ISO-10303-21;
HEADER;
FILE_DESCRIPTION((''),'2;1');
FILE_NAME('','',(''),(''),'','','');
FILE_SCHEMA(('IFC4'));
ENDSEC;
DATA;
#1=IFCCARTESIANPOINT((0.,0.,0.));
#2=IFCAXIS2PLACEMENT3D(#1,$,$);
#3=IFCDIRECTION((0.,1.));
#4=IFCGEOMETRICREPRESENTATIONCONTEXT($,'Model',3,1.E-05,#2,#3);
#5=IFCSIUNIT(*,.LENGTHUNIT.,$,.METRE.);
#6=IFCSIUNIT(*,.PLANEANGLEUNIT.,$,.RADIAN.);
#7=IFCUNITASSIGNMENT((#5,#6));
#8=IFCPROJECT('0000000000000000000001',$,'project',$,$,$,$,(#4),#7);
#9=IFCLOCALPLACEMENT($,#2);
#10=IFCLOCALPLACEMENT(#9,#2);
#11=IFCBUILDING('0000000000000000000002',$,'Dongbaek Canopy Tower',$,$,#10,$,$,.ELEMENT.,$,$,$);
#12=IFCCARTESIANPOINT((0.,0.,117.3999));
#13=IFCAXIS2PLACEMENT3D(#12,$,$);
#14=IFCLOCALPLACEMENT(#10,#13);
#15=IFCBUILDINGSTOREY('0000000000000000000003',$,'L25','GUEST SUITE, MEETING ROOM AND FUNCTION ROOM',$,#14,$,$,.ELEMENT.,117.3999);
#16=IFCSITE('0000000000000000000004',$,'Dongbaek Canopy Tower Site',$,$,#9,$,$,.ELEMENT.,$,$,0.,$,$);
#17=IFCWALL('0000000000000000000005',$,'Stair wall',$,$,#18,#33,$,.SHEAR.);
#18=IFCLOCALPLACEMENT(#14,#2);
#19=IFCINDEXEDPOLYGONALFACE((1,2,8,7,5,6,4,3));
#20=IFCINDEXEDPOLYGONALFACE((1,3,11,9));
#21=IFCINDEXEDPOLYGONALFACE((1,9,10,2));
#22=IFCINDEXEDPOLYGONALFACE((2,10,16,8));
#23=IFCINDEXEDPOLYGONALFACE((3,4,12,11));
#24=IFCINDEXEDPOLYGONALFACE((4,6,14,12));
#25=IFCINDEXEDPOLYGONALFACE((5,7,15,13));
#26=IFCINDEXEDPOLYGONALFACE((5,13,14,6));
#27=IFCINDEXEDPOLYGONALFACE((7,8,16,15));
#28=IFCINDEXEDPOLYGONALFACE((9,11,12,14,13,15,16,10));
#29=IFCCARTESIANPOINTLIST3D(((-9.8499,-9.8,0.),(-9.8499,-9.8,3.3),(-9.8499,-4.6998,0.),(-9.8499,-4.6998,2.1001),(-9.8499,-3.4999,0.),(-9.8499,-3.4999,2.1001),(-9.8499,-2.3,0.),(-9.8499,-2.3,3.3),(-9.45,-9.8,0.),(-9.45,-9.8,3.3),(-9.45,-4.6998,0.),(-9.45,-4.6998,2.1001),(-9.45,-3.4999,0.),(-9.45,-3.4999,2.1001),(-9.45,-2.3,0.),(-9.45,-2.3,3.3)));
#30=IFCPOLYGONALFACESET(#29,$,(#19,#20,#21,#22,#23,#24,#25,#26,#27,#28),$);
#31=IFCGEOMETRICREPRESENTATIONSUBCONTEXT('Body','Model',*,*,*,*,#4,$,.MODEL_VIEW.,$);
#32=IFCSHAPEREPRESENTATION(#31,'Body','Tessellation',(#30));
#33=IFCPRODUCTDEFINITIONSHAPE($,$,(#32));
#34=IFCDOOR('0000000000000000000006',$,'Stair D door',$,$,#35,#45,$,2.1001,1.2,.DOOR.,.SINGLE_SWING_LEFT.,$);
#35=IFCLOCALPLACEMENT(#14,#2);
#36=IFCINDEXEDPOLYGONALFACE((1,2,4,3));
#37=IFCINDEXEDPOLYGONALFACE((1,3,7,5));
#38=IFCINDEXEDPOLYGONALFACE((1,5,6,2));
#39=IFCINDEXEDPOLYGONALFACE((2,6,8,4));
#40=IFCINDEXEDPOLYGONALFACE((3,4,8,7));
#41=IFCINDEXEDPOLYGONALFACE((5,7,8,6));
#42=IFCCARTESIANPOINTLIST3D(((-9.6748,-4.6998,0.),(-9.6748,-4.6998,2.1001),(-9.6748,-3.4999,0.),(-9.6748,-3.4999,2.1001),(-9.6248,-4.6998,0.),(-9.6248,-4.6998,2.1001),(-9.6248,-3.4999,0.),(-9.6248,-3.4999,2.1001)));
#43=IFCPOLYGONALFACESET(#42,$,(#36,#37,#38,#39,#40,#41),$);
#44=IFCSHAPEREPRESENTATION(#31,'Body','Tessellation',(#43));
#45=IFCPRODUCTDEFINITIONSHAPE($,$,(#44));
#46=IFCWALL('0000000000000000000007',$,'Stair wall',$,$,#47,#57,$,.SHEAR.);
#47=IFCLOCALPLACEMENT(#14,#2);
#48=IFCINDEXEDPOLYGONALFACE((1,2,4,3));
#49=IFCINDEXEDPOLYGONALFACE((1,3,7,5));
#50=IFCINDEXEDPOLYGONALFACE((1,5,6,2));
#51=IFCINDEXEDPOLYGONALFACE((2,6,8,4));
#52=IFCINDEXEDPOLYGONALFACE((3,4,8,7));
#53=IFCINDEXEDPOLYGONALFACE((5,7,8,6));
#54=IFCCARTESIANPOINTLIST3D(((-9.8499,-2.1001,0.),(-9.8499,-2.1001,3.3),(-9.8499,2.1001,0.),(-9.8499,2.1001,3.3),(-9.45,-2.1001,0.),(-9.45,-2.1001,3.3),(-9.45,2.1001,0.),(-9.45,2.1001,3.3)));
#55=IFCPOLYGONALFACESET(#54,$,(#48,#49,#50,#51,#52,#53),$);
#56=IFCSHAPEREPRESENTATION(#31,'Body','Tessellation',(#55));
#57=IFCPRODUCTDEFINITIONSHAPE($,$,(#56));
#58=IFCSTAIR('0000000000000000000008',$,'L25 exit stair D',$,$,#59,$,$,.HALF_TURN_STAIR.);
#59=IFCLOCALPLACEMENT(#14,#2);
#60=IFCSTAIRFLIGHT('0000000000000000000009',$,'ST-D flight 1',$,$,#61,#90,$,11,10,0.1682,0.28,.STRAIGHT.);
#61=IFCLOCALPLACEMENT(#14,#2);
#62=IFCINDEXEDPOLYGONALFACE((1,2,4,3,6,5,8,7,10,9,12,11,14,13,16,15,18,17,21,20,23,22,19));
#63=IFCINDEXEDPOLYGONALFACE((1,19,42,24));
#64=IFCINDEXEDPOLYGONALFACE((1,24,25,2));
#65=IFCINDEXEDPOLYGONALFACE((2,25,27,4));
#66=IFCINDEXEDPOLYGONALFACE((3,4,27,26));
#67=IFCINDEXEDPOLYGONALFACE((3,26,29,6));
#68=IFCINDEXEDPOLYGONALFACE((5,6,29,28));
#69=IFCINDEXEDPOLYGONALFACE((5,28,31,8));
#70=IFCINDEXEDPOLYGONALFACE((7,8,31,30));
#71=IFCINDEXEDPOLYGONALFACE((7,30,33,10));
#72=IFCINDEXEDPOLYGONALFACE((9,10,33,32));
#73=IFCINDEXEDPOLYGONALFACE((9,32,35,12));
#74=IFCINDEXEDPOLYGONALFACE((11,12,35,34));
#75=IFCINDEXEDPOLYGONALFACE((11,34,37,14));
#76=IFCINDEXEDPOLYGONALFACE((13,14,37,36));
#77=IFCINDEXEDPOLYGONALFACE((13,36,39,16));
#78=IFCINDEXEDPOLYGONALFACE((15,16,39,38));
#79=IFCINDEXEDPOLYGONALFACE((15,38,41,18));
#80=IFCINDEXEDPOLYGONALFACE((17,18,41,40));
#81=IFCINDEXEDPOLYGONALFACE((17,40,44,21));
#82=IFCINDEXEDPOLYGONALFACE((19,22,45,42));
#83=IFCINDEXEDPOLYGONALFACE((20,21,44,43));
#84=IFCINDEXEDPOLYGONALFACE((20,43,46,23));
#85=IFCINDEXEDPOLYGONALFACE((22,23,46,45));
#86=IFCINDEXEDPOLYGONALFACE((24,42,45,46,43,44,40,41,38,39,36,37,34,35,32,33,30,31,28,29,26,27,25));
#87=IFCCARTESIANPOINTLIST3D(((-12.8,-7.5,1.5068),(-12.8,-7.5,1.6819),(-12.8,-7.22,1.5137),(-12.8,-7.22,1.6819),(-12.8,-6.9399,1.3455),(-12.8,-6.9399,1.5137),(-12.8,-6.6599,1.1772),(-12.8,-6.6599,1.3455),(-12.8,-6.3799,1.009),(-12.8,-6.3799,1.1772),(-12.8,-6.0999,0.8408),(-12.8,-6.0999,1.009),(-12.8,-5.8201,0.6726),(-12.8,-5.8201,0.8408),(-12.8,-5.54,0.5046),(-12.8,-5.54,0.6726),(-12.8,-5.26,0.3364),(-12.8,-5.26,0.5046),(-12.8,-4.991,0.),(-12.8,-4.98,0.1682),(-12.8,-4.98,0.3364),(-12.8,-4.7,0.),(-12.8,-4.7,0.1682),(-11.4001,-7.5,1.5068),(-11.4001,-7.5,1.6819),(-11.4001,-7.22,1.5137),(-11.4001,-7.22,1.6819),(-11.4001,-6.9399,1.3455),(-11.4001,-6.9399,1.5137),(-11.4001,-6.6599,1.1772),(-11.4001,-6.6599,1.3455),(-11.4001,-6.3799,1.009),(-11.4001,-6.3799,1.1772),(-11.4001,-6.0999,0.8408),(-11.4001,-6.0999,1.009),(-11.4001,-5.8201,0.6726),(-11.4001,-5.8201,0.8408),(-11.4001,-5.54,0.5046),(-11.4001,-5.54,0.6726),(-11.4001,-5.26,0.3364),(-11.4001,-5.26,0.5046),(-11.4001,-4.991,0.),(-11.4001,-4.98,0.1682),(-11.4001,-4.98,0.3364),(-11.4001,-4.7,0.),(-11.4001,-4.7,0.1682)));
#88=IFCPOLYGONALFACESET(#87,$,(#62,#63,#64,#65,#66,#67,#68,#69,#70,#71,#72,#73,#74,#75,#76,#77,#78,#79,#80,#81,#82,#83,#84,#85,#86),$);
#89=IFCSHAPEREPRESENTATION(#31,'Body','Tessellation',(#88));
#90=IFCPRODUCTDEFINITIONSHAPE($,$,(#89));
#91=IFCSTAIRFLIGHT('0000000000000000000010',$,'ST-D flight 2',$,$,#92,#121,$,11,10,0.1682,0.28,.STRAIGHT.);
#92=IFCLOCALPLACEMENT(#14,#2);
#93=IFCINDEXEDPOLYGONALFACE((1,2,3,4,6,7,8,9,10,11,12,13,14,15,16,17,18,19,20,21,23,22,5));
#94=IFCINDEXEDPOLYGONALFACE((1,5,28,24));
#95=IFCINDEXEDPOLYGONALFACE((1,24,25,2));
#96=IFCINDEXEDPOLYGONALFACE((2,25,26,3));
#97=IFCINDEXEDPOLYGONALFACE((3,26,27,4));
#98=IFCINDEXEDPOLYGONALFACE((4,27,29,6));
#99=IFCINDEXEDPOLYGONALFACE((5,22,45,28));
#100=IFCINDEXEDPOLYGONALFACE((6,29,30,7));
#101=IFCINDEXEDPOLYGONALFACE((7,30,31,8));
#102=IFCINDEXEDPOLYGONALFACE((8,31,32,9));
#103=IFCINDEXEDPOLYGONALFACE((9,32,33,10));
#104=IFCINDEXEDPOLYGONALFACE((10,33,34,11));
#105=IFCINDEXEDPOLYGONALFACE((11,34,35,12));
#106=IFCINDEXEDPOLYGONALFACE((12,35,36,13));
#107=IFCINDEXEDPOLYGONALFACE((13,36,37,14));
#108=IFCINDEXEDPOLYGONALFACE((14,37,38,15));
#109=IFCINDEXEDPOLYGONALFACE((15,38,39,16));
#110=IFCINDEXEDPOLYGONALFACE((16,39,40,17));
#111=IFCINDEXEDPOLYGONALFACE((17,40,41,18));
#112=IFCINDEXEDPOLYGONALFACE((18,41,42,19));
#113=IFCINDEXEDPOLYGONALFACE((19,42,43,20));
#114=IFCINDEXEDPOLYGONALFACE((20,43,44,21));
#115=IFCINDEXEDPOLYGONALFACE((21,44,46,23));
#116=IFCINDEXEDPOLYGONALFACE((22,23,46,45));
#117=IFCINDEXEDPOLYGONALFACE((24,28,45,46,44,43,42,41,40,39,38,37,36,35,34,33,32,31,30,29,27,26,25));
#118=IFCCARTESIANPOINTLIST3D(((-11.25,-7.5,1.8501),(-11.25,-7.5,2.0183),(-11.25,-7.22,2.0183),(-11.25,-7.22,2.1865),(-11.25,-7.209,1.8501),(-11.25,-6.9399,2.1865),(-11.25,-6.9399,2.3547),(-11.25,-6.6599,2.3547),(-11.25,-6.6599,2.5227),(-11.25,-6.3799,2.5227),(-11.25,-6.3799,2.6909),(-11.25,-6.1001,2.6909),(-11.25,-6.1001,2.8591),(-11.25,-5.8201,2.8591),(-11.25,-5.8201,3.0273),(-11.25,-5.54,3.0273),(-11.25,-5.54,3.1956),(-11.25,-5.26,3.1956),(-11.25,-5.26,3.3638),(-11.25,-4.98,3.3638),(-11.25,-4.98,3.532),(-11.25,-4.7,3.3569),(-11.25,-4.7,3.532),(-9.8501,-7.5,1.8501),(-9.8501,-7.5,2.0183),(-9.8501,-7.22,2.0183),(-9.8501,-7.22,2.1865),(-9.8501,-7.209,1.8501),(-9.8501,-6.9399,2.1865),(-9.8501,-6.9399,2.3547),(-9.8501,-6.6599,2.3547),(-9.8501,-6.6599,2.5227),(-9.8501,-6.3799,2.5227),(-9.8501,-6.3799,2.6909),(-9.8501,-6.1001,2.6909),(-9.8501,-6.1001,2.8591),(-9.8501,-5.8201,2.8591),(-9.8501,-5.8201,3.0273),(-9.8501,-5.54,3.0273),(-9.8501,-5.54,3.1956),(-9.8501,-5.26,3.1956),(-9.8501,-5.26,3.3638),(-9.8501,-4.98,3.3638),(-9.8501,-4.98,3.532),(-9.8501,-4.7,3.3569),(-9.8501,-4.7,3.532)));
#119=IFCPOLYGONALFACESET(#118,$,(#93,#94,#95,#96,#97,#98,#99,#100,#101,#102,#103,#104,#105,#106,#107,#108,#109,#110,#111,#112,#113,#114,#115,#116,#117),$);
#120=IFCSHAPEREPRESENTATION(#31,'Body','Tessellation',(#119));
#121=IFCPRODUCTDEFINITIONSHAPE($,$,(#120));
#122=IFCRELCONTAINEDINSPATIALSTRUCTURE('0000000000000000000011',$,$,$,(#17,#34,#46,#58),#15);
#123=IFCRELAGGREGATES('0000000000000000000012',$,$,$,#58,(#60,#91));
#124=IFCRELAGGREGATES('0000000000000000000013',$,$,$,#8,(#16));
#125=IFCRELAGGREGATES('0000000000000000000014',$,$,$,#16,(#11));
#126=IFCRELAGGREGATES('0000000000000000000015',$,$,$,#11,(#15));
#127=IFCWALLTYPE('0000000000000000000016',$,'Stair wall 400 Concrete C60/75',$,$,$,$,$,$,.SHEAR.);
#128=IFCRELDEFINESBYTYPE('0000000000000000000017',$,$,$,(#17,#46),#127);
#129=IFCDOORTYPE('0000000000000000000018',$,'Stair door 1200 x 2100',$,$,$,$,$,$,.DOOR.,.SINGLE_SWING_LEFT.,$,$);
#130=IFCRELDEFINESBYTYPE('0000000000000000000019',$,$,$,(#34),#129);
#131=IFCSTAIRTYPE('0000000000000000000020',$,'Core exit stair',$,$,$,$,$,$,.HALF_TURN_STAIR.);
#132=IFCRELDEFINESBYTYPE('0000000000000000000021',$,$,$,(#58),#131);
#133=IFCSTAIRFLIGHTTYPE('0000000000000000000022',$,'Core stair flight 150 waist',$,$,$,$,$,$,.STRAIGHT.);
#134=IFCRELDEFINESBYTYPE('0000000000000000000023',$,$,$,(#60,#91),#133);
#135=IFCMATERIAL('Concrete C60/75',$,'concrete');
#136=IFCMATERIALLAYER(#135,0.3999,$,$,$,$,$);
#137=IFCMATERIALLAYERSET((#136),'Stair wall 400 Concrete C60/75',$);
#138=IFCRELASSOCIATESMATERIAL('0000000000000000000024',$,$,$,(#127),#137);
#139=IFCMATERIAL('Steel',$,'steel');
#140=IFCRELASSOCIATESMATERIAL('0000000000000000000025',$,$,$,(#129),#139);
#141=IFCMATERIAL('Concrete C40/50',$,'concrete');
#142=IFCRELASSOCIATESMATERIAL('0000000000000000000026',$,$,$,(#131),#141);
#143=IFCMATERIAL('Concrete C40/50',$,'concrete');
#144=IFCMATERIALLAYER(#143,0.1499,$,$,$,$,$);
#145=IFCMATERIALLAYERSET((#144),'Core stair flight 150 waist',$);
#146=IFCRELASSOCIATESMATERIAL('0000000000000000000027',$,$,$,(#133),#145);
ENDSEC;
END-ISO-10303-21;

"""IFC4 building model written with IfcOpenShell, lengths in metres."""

from ifc_helpers import new_model, si_unit, direction, frame, frame_2d, origin, place, context, subcontext, project, spatial, polyline, rectangle, outline, extrude, material, layer, layer_set, type_object, element, fill, aggregate, save


model = new_model("IFC4")

# Units and contexts
model_context = context("Model", 3, precision=1e-05, world=origin(), true_north=direction((0.0, 1.0)))
body_context = subcontext(model_context, "Body", "Model", "MODEL_VIEW")
ifc_project = project(units=[si_unit("LENGTHUNIT", "METRE"), si_unit("PLANEANGLEUNIT", "RADIAN")], contexts=[model_context])

# Site, building, storey
site_placement = place(None, origin())
site = spatial("IfcSite", under=ifc_project, at=site_placement, Name="Dongbaek Canopy Tower Site", CompositionType="ELEMENT", RefElevation=0.0)
building_placement = place(site_placement, origin())
building = spatial("IfcBuilding", under=site, at=building_placement, Name="Dongbaek Canopy Tower", CompositionType="ELEMENT")
storey_placement = place(building_placement, frame((0.0, 0.0, 117.3999)))
storey = spatial("IfcBuildingStorey", under=building, at=storey_placement, Name="L25", Description="GUEST SUITE, MEETING ROOM AND FUNCTION ROOM", CompositionType="ELEMENT", Elevation=117.3999)

# Wall, opening, door
ifc_material_1 = material(Name="Concrete C60/75", Category="concrete")
ifc_layer_1 = layer(ifc_material_1, 0.3999)
ifc_layer_set_1 = layer_set([ifc_layer_1], Name="Stair wall 400 Concrete C60/75")
wall_type_1 = type_object("IfcWallType", Name="Stair wall 400 Concrete C60/75", PredefinedType="SHEAR", material=ifc_layer_set_1)
wall_1_placement = place(storey_placement, frame((-9.6499, -9.8, 0.0), z_axis=(0.0, 0.0, 1.0), x_axis=(0.0, 1.0, 0.0)))
wall_1 = element("IfcWall", 1, at=wall_1_placement, inside=storey, type_object=wall_type_1, Name="Stair wall", PredefinedType="SHEAR", context=body_context, shape_type="SweptSolid", body=[
    extrude(rectangle(XDim=7.5, YDim=0.3999, at=frame_2d((3.75, 0.0))), origin(), (0.0, 0.0, 1.0), 3.3),
])
opening_1_placement = place(wall_1_placement, frame((5.1001, 0.0, 0.0)))
opening_1 = element("IfcOpeningElement", 2, at=opening_1_placement, cuts=wall_1, PredefinedType="OPENING", context=body_context, shape_type="SweptSolid", body=[
    extrude(rectangle(XDim=1.2, YDim=2.1001, at=frame_2d((0.6001, 1.05))), frame((0.0, 0.21, 0.0), z_axis=(0.0, -1.0, 0.0), x_axis=(1.0, 0.0, 0.0)), (0.0, 0.0, 1.0), 0.4199),
])
ifc_material_2 = material(Name="Steel", Category="steel")
door_type_1 = type_object("IfcDoorType", Name="Stair door 1200 x 2100", OperationType="SINGLE_SWING_LEFT", PredefinedType="DOOR", material=ifc_material_2)
door_1_placement = place(opening_1_placement, origin())
door_1 = element("IfcDoor", 3, at=door_1_placement, inside=storey, type_object=door_type_1, Name="Stair D door", OperationType="SINGLE_SWING_LEFT", OverallHeight=2.1001, OverallWidth=1.2, PredefinedType="DOOR", context=body_context, shape_type="SweptSolid", body=[
    extrude(rectangle(XDim=1.2, YDim=2.1001, at=frame_2d((0.6001, 1.05))), frame((0.0, 0.0249, 0.0), z_axis=(0.0, -1.0, 0.0), x_axis=(1.0, 0.0, 0.0)), (0.0, 0.0, 1.0), 0.05),
])
fill(opening_1, door_1)

# Wall
wall_2_placement = place(storey_placement, frame((-9.6499, -2.1001, 0.0), z_axis=(0.0, 0.0, 1.0), x_axis=(0.0, 1.0, 0.0)))
element("IfcWall", 4, at=wall_2_placement, inside=storey, type_object=wall_type_1, Name="Stair wall", PredefinedType="SHEAR", context=body_context, shape_type="SweptSolid", body=[
    extrude(rectangle(XDim=4.2002, YDim=0.3999, at=frame_2d((2.1001, 0.0))), origin(), (0.0, 0.0, 1.0), 3.3),
])

# Stair, stair flights
ifc_material_3 = material(Name="Concrete C40/50", Category="concrete")
stair_type = type_object("IfcStairType", Name="Core exit stair", PredefinedType="HALF_TURN_STAIR", material=ifc_material_3)
stair_placement = place(storey_placement, origin())
stair = element("IfcStair", 5, at=stair_placement, inside=storey, type_object=stair_type, Name="L25 exit stair D", PredefinedType="HALF_TURN_STAIR")
ifc_material_4 = material(Name="Concrete C40/50", Category="concrete")
ifc_layer_2 = layer(ifc_material_4, 0.1499)
ifc_layer_set_2 = layer_set([ifc_layer_2], Name="Core stair flight 150 waist")
stair_flight_type = type_object("IfcStairFlightType", Name="Core stair flight 150 waist", PredefinedType="STRAIGHT", material=ifc_layer_set_2)
stair_flight_1_placement = place(storey_placement, frame((-12.1001, -4.7, 0.0), z_axis=(0.0, 0.0, 1.0), x_axis=(0.0, -1.0, 0.0)))
stair_flight_1 = element("IfcStairFlight", 6, at=stair_flight_1_placement, type_object=stair_flight_type, Name="ST-D flight 1", NumberOfRisers=11, NumberOfTreads=10, PredefinedType="STRAIGHT", RiserHeight=0.1682, TreadLength=0.28, context=body_context, shape_type="SweptSolid", body=[
    extrude(outline(polyline([(0.0, 0.0), (0.0, 0.1682), (0.28, 0.1682), (0.28, 0.3364), (0.5601, 0.3364), (0.5601, 0.5046), (0.8401, 0.5046), (0.8401, 0.6726), (1.1201, 0.6726), (1.1201, 0.8408), (1.3999, 0.8408), (1.3999, 1.009), (1.6799, 1.009), (1.6799, 1.1772), (1.96, 1.1772), (1.96, 1.3455), (2.24, 1.3455), (2.24, 1.5137), (2.52, 1.5137), (2.52, 1.6819), (2.8, 1.6819), (2.8, 1.8501), (2.8, 1.5068), (0.291, 0.0), (0.0, 0.0)])), frame((0.0, 0.7, 0.0), z_axis=(0.0, -1.0, 0.0), x_axis=(1.0, 0.0, 0.0)), (0.0, 0.0, 1.0), 1.3999),
])
stair_flight_2_placement = place(storey_placement, frame((-10.55, -7.5, 1.8501), z_axis=(0.0, 0.0, 1.0), x_axis=(0.0, 1.0, 0.0)))
stair_flight_2 = element("IfcStairFlight", 7, at=stair_flight_2_placement, type_object=stair_flight_type, Name="ST-D flight 2", NumberOfRisers=11, NumberOfTreads=10, PredefinedType="STRAIGHT", RiserHeight=0.1682, TreadLength=0.28, context=body_context, shape_type="SweptSolid", body=[
    extrude(outline(polyline([(0.0, 0.0), (0.0, 0.1682), (0.28, 0.1682), (0.28, 0.3364), (0.5601, 0.3364), (0.5601, 0.5046), (0.8401, 0.5046), (0.8401, 0.6726), (1.1201, 0.6726), (1.1201, 0.8408), (1.3999, 0.8408), (1.3999, 1.009), (1.6799, 1.009), (1.6799, 1.1772), (1.96, 1.1772), (1.96, 1.3455), (2.24, 1.3455), (2.24, 1.5137), (2.52, 1.5137), (2.52, 1.6819), (2.8, 1.6819), (2.8, 1.8501), (2.8, 1.5068), (0.291, 0.0), (0.0, 0.0)])), frame((0.0, 0.7, 0.0), z_axis=(0.0, -1.0, 0.0), x_axis=(1.0, 0.0, 0.0)), (0.0, 0.0, 1.0), 1.3999),
])
aggregate(stair, [stair_flight_1, stair_flight_2])

save(model, "model.ifc")
